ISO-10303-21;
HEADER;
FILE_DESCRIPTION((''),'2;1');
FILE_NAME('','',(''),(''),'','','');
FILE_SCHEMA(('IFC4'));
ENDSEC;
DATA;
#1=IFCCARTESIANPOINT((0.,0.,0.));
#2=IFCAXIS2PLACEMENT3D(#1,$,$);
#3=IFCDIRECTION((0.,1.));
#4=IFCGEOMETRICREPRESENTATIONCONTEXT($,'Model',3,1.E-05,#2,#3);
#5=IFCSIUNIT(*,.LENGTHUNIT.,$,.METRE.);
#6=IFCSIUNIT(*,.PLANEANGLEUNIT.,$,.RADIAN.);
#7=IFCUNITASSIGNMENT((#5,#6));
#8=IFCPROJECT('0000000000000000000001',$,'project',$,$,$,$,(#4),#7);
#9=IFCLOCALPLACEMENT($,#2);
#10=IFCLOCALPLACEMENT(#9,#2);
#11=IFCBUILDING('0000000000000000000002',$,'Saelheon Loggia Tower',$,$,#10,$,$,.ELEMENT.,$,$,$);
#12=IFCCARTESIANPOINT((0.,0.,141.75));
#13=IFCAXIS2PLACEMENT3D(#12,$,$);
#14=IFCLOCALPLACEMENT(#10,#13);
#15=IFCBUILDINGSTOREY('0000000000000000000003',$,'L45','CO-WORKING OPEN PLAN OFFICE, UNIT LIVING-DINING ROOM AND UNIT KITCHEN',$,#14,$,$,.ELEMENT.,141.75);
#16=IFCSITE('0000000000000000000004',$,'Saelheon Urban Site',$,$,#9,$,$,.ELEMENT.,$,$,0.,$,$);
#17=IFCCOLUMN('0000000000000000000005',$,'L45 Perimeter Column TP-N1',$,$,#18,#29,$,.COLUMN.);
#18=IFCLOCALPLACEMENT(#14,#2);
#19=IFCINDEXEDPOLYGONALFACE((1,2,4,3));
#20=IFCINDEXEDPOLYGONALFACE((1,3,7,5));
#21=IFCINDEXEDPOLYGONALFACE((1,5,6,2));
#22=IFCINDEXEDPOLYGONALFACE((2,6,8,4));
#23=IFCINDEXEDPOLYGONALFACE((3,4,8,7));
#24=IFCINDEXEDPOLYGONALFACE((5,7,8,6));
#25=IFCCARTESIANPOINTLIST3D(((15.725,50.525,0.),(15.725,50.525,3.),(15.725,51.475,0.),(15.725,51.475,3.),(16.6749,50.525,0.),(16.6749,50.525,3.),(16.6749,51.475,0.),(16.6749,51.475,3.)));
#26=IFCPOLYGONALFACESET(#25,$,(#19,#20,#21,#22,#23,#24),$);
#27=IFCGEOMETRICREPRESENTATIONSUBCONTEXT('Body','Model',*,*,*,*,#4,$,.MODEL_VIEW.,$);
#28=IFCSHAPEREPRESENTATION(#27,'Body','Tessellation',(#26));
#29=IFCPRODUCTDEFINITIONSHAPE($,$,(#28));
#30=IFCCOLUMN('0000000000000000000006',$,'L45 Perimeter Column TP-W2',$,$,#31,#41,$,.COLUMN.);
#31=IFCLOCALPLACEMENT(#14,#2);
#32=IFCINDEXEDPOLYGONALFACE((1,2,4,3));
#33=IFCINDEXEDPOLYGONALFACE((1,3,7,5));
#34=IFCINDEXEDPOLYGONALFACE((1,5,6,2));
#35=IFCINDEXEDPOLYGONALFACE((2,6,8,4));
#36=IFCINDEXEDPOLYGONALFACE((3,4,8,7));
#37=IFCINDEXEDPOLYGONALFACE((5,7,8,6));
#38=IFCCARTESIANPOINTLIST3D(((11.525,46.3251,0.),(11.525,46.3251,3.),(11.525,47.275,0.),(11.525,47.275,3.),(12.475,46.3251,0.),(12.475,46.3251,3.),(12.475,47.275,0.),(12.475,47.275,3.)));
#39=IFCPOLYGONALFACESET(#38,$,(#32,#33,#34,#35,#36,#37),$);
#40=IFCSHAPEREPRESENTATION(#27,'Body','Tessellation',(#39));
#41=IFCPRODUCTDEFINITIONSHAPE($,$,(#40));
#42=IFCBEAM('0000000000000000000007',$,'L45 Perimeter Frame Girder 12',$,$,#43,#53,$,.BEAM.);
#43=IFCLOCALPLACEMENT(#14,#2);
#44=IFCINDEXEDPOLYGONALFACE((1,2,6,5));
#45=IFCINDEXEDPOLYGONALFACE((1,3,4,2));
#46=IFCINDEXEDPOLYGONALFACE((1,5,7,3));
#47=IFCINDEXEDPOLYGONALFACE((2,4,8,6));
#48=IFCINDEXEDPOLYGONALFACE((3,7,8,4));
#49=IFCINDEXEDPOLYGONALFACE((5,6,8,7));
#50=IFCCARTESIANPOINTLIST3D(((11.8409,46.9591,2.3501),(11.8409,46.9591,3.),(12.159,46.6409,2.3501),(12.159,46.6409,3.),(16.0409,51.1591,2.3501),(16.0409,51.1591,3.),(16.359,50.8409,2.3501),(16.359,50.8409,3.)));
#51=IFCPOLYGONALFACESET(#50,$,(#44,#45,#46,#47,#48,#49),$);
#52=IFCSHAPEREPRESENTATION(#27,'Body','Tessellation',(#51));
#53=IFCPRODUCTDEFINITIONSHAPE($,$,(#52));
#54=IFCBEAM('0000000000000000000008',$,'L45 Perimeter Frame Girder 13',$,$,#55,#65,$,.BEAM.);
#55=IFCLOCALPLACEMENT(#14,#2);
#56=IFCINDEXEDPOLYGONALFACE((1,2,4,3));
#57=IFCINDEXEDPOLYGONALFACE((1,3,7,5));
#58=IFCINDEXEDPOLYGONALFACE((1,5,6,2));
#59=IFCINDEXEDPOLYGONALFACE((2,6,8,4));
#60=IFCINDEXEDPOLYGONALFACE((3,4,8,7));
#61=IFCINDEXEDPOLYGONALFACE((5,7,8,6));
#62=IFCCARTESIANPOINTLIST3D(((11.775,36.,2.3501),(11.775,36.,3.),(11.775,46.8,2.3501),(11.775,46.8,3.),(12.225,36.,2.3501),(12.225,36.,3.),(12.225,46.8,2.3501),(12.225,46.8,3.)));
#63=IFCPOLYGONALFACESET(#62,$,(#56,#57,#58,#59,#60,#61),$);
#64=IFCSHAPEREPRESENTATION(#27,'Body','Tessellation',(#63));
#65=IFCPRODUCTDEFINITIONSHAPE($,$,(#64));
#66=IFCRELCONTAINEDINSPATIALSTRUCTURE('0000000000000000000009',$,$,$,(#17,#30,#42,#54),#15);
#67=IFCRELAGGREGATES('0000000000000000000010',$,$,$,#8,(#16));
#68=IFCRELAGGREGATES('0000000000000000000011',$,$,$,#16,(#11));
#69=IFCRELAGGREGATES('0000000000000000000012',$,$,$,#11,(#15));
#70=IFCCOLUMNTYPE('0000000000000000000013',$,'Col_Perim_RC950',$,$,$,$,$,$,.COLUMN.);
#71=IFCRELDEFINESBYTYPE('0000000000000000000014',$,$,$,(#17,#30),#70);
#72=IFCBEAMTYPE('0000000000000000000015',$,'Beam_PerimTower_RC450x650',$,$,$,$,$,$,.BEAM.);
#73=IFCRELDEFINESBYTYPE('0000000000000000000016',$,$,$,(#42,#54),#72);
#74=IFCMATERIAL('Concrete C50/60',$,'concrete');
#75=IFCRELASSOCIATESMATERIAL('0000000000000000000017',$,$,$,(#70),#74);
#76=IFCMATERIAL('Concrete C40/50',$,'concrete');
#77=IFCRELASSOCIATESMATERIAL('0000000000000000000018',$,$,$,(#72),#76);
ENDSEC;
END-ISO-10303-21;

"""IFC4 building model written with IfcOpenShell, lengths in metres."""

from ifc_helpers import new_model, si_unit, direction, frame, origin, origin_2d, place, context, subcontext, project, spatial, rectangle, extrude, source, transform, mapped, material, material_profile, profile_set, type_object, element, save


model = new_model("IFC4")

# Units and contexts
model_context = context("Model", 3, precision=1e-05, world=origin(), true_north=direction((0.0, 1.0)))
body_context = subcontext(model_context, "Body", "Model", "MODEL_VIEW")
ifc_project = project(units=[si_unit("LENGTHUNIT", "METRE"), si_unit("PLANEANGLEUNIT", "RADIAN")], contexts=[model_context])

# Site, building, storey
site_placement = place(None, origin())
site = spatial("IfcSite", under=ifc_project, at=site_placement, Name="Saelheon Urban Site", CompositionType="ELEMENT", RefElevation=0.0)
building_placement = place(site_placement, origin())
building = spatial("IfcBuilding", under=site, at=building_placement, Name="Saelheon Loggia Tower", CompositionType="ELEMENT")
storey_placement = place(building_placement, frame((0.0, 0.0, 141.75)))
storey = spatial("IfcBuildingStorey", under=building, at=storey_placement, Name="L45", Description="CO-WORKING OPEN PLAN OFFICE, UNIT LIVING-DINING ROOM AND UNIT KITCHEN", CompositionType="ELEMENT", Elevation=141.75)

# Columns
ifc_material_1 = material(Name="Concrete C50/60", Category="concrete")
ifc_material_profile_1 = material_profile(ifc_material_1, rectangle(XDim=0.95, YDim=0.95, at=origin_2d()), Name="RC-950x950")
ifc_profile_set_1 = profile_set([ifc_material_profile_1], Name="Concrete C50/60")
column_type = type_object("IfcColumnType", Name="Col_Perim_RC950", PredefinedType="COLUMN", material=ifc_profile_set_1)
shared_shape_1 = source(origin(), body_context, "Body", "SweptSolid", [
    extrude(rectangle(XDim=0.95, YDim=0.95, at=origin_2d()), origin(), (0.0, 0.0, 1.0), 3.0),
])
for number, where, z_axis, x_axis, name in (
    (1, (16.2, 51.0, 0.0), (0.0, 0.0, 1.0), (1.0, 0.0, 0.0), "L45 Perimeter Column TP-N1"),
    (2, (12.0, 46.8, 0.0), (0.0, 0.0, 1.0), (1.0, 0.0, 0.0), "L45 Perimeter Column TP-W2"),
):
    element("IfcColumn", number, at=place(storey_placement, frame(where, z_axis=z_axis, x_axis=x_axis)), inside=storey, type_object=column_type, Name=name, PredefinedType="COLUMN", context=body_context, shape_type="MappedRepresentation", body=[
        mapped(shared_shape_1, transform((0.0, 0.0, 0.0), scale=1.0)),
    ])

# Beams
ifc_material_2 = material(Name="Concrete C40/50", Category="concrete")
ifc_material_profile_2 = material_profile(ifc_material_2, rectangle(XDim=0.45, YDim=0.6499, at=origin_2d()), Name="RC-450x650")
ifc_profile_set_2 = profile_set([ifc_material_profile_2], Name="Concrete C40/50")
beam_type = type_object("IfcBeamType", Name="Beam_PerimTower_RC450x650", PredefinedType="BEAM", material=ifc_profile_set_2)
shared_shape_2 = source(origin(), body_context, "Body", "SweptSolid", [
    extrude(rectangle(XDim=0.45, YDim=0.6499, at=origin_2d()), origin(), (0.0, 0.0, 1.0), 5.9397),
])
beam_1_placement = place(storey_placement, frame((16.2, 51.0, 2.675), z_axis=(-0.707107, -0.707107, 0.0), x_axis=(0.707107, -0.707107, 0.0)))
element("IfcBeam", 3, at=beam_1_placement, inside=storey, type_object=beam_type, Name="L45 Perimeter Frame Girder 12", PredefinedType="BEAM", context=body_context, shape_type="MappedRepresentation", body=[
    mapped(shared_shape_2, transform((0.0, 0.0, 0.0), scale=1.0)),
])
shared_shape_3 = source(origin(), body_context, "Body", "SweptSolid", [
    extrude(rectangle(XDim=0.45, YDim=0.6499, at=origin_2d()), origin(), (0.0, 0.0, 1.0), 10.8),
])
beam_2_placement = place(storey_placement, frame((12.0, 46.8, 2.675), z_axis=(0.0, -1.0, 0.0), x_axis=(1.0, 0.0, 0.0)))
element("IfcBeam", 4, at=beam_2_placement, inside=storey, type_object=beam_type, Name="L45 Perimeter Frame Girder 13", PredefinedType="BEAM", context=body_context, shape_type="MappedRepresentation", body=[
    mapped(shared_shape_3, transform((0.0, 0.0, 0.0), scale=1.0)),
])

save(model, "model.ifc")
